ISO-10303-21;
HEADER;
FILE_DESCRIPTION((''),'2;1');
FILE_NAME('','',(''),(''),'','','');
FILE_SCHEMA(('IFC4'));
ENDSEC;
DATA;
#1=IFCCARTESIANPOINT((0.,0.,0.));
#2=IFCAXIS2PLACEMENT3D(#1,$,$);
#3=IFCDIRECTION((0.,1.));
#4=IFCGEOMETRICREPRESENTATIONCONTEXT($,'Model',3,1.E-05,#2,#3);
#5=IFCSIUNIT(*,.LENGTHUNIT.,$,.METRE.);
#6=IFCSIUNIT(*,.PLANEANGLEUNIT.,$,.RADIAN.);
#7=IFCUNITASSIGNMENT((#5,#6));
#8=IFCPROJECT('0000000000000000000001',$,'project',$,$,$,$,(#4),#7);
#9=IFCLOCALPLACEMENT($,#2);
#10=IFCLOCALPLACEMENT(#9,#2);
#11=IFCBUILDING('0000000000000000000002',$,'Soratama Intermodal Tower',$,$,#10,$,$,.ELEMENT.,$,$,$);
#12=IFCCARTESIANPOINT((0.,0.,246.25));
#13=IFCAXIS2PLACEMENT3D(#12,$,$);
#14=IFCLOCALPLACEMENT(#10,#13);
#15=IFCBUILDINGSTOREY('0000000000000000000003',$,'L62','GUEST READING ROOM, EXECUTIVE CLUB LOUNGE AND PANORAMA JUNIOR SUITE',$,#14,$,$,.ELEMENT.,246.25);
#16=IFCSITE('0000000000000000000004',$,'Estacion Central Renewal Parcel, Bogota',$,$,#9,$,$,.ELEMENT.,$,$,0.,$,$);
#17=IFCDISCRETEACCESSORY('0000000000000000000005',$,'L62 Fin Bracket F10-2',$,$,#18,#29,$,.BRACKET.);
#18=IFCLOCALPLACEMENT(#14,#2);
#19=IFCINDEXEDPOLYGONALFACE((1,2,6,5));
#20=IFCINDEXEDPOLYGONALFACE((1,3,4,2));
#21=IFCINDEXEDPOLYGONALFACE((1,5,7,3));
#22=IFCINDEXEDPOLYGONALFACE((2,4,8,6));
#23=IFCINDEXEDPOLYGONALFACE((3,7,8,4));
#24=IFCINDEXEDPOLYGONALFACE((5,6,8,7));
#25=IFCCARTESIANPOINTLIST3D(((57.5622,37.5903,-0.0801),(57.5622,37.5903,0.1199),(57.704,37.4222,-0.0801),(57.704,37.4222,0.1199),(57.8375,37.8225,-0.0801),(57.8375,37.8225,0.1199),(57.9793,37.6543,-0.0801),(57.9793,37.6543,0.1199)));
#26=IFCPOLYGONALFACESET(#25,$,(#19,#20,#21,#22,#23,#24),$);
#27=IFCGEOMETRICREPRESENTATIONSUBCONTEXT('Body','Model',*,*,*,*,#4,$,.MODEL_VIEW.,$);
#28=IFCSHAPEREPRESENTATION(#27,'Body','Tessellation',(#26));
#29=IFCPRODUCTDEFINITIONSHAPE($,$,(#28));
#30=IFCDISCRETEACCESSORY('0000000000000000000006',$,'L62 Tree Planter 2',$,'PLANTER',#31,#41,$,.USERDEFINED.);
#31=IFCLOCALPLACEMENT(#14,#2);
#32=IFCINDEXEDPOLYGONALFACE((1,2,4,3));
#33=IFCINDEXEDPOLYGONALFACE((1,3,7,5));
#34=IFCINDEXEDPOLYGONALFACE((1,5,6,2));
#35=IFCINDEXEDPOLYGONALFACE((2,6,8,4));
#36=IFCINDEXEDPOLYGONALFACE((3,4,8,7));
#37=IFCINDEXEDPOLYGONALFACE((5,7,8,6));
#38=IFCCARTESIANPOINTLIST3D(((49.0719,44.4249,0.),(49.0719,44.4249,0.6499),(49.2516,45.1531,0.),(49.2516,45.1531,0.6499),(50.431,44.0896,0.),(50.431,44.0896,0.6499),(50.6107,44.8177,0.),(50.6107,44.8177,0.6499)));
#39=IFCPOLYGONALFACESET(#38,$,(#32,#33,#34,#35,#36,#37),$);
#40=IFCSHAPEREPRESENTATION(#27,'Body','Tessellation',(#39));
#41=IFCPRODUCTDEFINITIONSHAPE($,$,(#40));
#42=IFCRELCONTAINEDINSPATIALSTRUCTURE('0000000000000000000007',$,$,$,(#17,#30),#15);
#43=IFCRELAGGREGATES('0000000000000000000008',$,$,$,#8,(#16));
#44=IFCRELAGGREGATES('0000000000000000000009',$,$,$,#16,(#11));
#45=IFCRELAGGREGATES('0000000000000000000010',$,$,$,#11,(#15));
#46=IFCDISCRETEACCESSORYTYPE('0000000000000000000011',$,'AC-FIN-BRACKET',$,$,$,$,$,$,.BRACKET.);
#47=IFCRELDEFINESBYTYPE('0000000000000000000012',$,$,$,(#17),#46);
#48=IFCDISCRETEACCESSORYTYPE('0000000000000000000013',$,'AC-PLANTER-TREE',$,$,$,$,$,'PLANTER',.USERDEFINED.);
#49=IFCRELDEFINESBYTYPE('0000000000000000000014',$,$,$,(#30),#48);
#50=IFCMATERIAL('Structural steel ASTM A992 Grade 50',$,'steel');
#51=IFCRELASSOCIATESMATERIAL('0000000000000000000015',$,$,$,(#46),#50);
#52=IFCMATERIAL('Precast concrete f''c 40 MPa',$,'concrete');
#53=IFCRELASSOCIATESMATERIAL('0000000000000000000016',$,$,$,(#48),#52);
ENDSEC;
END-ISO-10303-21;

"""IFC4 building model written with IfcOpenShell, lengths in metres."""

from ifc_helpers import new_model, si_unit, direction, frame, origin, origin_2d, place, context, subcontext, project, spatial, rectangle, extrude, material, type_object, element, save


model = new_model("IFC4")

# Units and contexts
model_context = context("Model", 3, precision=1e-05, world=origin(), true_north=direction((0.0, 1.0)))
body_context = subcontext(model_context, "Body", "Model", "MODEL_VIEW")
ifc_project = project(units=[si_unit("LENGTHUNIT", "METRE"), si_unit("PLANEANGLEUNIT", "RADIAN")], contexts=[model_context])

# Site, building, storey
site_placement = place(None, origin())
site = spatial("IfcSite", under=ifc_project, at=site_placement, Name="Estacion Central Renewal Parcel, Bogota", CompositionType="ELEMENT", RefElevation=0.0)
building_placement = place(site_placement, origin())
building = spatial("IfcBuilding", under=site, at=building_placement, Name="Soratama Intermodal Tower", CompositionType="ELEMENT")
storey_placement = place(building_placement, frame((0.0, 0.0, 246.25)))
storey = spatial("IfcBuildingStorey", under=building, at=storey_placement, Name="L62", Description="GUEST READING ROOM, EXECUTIVE CLUB LOUNGE AND PANORAMA JUNIOR SUITE", CompositionType="ELEMENT", Elevation=246.25)

# Discrete accessories
ifc_material_1 = material(Name="Structural steel ASTM A992 Grade 50", Category="steel")
discrete_accessory_type_1 = type_object("IfcDiscreteAccessoryType", Name="AC-FIN-BRACKET", PredefinedType="BRACKET", material=ifc_material_1)
for number, where, z_axis, x_axis, name in (
    (1, (57.7708, 37.6223, -0.0801), (0.0, 0.0, 1.0), (0.764472, 0.644657, 0.0), "L62 Fin Bracket F10-2"),
):
    element("IfcDiscreteAccessory", number, at=place(storey_placement, frame(where, z_axis=z_axis, x_axis=x_axis)), inside=storey, type_object=discrete_accessory_type_1, Name=name, PredefinedType="BRACKET", context=body_context, shape_type="SweptSolid", body=[
        extrude(rectangle(XDim=0.3601, YDim=0.22, at=origin_2d()), origin(), (0.0, 0.0, 1.0), 0.2),
    ])
ifc_material_2 = material(Name="Precast concrete f'c 40 MPa", Category="concrete")
discrete_accessory_type_2 = type_object("IfcDiscreteAccessoryType", Name="AC-PLANTER-TREE", ElementType="PLANTER", PredefinedType="USERDEFINED", material=ifc_material_2)
discrete_accessory_placement = place(storey_placement, frame((49.8413, 44.6213, 0.0), z_axis=(0.0, 0.0, 1.0), x_axis=(0.23955, 0.970884, 0.0)))
element("IfcDiscreteAccessory", 2, at=discrete_accessory_placement, inside=storey, type_object=discrete_accessory_type_2, Name="L62 Tree Planter 2", ObjectType="PLANTER", PredefinedType="USERDEFINED", context=body_context, shape_type="SweptSolid", body=[
    extrude(rectangle(XDim=0.75, YDim=1.3999, at=origin_2d()), origin(), (0.0, 0.0, 1.0), 0.6499),
])

save(model, "model.ifc")
